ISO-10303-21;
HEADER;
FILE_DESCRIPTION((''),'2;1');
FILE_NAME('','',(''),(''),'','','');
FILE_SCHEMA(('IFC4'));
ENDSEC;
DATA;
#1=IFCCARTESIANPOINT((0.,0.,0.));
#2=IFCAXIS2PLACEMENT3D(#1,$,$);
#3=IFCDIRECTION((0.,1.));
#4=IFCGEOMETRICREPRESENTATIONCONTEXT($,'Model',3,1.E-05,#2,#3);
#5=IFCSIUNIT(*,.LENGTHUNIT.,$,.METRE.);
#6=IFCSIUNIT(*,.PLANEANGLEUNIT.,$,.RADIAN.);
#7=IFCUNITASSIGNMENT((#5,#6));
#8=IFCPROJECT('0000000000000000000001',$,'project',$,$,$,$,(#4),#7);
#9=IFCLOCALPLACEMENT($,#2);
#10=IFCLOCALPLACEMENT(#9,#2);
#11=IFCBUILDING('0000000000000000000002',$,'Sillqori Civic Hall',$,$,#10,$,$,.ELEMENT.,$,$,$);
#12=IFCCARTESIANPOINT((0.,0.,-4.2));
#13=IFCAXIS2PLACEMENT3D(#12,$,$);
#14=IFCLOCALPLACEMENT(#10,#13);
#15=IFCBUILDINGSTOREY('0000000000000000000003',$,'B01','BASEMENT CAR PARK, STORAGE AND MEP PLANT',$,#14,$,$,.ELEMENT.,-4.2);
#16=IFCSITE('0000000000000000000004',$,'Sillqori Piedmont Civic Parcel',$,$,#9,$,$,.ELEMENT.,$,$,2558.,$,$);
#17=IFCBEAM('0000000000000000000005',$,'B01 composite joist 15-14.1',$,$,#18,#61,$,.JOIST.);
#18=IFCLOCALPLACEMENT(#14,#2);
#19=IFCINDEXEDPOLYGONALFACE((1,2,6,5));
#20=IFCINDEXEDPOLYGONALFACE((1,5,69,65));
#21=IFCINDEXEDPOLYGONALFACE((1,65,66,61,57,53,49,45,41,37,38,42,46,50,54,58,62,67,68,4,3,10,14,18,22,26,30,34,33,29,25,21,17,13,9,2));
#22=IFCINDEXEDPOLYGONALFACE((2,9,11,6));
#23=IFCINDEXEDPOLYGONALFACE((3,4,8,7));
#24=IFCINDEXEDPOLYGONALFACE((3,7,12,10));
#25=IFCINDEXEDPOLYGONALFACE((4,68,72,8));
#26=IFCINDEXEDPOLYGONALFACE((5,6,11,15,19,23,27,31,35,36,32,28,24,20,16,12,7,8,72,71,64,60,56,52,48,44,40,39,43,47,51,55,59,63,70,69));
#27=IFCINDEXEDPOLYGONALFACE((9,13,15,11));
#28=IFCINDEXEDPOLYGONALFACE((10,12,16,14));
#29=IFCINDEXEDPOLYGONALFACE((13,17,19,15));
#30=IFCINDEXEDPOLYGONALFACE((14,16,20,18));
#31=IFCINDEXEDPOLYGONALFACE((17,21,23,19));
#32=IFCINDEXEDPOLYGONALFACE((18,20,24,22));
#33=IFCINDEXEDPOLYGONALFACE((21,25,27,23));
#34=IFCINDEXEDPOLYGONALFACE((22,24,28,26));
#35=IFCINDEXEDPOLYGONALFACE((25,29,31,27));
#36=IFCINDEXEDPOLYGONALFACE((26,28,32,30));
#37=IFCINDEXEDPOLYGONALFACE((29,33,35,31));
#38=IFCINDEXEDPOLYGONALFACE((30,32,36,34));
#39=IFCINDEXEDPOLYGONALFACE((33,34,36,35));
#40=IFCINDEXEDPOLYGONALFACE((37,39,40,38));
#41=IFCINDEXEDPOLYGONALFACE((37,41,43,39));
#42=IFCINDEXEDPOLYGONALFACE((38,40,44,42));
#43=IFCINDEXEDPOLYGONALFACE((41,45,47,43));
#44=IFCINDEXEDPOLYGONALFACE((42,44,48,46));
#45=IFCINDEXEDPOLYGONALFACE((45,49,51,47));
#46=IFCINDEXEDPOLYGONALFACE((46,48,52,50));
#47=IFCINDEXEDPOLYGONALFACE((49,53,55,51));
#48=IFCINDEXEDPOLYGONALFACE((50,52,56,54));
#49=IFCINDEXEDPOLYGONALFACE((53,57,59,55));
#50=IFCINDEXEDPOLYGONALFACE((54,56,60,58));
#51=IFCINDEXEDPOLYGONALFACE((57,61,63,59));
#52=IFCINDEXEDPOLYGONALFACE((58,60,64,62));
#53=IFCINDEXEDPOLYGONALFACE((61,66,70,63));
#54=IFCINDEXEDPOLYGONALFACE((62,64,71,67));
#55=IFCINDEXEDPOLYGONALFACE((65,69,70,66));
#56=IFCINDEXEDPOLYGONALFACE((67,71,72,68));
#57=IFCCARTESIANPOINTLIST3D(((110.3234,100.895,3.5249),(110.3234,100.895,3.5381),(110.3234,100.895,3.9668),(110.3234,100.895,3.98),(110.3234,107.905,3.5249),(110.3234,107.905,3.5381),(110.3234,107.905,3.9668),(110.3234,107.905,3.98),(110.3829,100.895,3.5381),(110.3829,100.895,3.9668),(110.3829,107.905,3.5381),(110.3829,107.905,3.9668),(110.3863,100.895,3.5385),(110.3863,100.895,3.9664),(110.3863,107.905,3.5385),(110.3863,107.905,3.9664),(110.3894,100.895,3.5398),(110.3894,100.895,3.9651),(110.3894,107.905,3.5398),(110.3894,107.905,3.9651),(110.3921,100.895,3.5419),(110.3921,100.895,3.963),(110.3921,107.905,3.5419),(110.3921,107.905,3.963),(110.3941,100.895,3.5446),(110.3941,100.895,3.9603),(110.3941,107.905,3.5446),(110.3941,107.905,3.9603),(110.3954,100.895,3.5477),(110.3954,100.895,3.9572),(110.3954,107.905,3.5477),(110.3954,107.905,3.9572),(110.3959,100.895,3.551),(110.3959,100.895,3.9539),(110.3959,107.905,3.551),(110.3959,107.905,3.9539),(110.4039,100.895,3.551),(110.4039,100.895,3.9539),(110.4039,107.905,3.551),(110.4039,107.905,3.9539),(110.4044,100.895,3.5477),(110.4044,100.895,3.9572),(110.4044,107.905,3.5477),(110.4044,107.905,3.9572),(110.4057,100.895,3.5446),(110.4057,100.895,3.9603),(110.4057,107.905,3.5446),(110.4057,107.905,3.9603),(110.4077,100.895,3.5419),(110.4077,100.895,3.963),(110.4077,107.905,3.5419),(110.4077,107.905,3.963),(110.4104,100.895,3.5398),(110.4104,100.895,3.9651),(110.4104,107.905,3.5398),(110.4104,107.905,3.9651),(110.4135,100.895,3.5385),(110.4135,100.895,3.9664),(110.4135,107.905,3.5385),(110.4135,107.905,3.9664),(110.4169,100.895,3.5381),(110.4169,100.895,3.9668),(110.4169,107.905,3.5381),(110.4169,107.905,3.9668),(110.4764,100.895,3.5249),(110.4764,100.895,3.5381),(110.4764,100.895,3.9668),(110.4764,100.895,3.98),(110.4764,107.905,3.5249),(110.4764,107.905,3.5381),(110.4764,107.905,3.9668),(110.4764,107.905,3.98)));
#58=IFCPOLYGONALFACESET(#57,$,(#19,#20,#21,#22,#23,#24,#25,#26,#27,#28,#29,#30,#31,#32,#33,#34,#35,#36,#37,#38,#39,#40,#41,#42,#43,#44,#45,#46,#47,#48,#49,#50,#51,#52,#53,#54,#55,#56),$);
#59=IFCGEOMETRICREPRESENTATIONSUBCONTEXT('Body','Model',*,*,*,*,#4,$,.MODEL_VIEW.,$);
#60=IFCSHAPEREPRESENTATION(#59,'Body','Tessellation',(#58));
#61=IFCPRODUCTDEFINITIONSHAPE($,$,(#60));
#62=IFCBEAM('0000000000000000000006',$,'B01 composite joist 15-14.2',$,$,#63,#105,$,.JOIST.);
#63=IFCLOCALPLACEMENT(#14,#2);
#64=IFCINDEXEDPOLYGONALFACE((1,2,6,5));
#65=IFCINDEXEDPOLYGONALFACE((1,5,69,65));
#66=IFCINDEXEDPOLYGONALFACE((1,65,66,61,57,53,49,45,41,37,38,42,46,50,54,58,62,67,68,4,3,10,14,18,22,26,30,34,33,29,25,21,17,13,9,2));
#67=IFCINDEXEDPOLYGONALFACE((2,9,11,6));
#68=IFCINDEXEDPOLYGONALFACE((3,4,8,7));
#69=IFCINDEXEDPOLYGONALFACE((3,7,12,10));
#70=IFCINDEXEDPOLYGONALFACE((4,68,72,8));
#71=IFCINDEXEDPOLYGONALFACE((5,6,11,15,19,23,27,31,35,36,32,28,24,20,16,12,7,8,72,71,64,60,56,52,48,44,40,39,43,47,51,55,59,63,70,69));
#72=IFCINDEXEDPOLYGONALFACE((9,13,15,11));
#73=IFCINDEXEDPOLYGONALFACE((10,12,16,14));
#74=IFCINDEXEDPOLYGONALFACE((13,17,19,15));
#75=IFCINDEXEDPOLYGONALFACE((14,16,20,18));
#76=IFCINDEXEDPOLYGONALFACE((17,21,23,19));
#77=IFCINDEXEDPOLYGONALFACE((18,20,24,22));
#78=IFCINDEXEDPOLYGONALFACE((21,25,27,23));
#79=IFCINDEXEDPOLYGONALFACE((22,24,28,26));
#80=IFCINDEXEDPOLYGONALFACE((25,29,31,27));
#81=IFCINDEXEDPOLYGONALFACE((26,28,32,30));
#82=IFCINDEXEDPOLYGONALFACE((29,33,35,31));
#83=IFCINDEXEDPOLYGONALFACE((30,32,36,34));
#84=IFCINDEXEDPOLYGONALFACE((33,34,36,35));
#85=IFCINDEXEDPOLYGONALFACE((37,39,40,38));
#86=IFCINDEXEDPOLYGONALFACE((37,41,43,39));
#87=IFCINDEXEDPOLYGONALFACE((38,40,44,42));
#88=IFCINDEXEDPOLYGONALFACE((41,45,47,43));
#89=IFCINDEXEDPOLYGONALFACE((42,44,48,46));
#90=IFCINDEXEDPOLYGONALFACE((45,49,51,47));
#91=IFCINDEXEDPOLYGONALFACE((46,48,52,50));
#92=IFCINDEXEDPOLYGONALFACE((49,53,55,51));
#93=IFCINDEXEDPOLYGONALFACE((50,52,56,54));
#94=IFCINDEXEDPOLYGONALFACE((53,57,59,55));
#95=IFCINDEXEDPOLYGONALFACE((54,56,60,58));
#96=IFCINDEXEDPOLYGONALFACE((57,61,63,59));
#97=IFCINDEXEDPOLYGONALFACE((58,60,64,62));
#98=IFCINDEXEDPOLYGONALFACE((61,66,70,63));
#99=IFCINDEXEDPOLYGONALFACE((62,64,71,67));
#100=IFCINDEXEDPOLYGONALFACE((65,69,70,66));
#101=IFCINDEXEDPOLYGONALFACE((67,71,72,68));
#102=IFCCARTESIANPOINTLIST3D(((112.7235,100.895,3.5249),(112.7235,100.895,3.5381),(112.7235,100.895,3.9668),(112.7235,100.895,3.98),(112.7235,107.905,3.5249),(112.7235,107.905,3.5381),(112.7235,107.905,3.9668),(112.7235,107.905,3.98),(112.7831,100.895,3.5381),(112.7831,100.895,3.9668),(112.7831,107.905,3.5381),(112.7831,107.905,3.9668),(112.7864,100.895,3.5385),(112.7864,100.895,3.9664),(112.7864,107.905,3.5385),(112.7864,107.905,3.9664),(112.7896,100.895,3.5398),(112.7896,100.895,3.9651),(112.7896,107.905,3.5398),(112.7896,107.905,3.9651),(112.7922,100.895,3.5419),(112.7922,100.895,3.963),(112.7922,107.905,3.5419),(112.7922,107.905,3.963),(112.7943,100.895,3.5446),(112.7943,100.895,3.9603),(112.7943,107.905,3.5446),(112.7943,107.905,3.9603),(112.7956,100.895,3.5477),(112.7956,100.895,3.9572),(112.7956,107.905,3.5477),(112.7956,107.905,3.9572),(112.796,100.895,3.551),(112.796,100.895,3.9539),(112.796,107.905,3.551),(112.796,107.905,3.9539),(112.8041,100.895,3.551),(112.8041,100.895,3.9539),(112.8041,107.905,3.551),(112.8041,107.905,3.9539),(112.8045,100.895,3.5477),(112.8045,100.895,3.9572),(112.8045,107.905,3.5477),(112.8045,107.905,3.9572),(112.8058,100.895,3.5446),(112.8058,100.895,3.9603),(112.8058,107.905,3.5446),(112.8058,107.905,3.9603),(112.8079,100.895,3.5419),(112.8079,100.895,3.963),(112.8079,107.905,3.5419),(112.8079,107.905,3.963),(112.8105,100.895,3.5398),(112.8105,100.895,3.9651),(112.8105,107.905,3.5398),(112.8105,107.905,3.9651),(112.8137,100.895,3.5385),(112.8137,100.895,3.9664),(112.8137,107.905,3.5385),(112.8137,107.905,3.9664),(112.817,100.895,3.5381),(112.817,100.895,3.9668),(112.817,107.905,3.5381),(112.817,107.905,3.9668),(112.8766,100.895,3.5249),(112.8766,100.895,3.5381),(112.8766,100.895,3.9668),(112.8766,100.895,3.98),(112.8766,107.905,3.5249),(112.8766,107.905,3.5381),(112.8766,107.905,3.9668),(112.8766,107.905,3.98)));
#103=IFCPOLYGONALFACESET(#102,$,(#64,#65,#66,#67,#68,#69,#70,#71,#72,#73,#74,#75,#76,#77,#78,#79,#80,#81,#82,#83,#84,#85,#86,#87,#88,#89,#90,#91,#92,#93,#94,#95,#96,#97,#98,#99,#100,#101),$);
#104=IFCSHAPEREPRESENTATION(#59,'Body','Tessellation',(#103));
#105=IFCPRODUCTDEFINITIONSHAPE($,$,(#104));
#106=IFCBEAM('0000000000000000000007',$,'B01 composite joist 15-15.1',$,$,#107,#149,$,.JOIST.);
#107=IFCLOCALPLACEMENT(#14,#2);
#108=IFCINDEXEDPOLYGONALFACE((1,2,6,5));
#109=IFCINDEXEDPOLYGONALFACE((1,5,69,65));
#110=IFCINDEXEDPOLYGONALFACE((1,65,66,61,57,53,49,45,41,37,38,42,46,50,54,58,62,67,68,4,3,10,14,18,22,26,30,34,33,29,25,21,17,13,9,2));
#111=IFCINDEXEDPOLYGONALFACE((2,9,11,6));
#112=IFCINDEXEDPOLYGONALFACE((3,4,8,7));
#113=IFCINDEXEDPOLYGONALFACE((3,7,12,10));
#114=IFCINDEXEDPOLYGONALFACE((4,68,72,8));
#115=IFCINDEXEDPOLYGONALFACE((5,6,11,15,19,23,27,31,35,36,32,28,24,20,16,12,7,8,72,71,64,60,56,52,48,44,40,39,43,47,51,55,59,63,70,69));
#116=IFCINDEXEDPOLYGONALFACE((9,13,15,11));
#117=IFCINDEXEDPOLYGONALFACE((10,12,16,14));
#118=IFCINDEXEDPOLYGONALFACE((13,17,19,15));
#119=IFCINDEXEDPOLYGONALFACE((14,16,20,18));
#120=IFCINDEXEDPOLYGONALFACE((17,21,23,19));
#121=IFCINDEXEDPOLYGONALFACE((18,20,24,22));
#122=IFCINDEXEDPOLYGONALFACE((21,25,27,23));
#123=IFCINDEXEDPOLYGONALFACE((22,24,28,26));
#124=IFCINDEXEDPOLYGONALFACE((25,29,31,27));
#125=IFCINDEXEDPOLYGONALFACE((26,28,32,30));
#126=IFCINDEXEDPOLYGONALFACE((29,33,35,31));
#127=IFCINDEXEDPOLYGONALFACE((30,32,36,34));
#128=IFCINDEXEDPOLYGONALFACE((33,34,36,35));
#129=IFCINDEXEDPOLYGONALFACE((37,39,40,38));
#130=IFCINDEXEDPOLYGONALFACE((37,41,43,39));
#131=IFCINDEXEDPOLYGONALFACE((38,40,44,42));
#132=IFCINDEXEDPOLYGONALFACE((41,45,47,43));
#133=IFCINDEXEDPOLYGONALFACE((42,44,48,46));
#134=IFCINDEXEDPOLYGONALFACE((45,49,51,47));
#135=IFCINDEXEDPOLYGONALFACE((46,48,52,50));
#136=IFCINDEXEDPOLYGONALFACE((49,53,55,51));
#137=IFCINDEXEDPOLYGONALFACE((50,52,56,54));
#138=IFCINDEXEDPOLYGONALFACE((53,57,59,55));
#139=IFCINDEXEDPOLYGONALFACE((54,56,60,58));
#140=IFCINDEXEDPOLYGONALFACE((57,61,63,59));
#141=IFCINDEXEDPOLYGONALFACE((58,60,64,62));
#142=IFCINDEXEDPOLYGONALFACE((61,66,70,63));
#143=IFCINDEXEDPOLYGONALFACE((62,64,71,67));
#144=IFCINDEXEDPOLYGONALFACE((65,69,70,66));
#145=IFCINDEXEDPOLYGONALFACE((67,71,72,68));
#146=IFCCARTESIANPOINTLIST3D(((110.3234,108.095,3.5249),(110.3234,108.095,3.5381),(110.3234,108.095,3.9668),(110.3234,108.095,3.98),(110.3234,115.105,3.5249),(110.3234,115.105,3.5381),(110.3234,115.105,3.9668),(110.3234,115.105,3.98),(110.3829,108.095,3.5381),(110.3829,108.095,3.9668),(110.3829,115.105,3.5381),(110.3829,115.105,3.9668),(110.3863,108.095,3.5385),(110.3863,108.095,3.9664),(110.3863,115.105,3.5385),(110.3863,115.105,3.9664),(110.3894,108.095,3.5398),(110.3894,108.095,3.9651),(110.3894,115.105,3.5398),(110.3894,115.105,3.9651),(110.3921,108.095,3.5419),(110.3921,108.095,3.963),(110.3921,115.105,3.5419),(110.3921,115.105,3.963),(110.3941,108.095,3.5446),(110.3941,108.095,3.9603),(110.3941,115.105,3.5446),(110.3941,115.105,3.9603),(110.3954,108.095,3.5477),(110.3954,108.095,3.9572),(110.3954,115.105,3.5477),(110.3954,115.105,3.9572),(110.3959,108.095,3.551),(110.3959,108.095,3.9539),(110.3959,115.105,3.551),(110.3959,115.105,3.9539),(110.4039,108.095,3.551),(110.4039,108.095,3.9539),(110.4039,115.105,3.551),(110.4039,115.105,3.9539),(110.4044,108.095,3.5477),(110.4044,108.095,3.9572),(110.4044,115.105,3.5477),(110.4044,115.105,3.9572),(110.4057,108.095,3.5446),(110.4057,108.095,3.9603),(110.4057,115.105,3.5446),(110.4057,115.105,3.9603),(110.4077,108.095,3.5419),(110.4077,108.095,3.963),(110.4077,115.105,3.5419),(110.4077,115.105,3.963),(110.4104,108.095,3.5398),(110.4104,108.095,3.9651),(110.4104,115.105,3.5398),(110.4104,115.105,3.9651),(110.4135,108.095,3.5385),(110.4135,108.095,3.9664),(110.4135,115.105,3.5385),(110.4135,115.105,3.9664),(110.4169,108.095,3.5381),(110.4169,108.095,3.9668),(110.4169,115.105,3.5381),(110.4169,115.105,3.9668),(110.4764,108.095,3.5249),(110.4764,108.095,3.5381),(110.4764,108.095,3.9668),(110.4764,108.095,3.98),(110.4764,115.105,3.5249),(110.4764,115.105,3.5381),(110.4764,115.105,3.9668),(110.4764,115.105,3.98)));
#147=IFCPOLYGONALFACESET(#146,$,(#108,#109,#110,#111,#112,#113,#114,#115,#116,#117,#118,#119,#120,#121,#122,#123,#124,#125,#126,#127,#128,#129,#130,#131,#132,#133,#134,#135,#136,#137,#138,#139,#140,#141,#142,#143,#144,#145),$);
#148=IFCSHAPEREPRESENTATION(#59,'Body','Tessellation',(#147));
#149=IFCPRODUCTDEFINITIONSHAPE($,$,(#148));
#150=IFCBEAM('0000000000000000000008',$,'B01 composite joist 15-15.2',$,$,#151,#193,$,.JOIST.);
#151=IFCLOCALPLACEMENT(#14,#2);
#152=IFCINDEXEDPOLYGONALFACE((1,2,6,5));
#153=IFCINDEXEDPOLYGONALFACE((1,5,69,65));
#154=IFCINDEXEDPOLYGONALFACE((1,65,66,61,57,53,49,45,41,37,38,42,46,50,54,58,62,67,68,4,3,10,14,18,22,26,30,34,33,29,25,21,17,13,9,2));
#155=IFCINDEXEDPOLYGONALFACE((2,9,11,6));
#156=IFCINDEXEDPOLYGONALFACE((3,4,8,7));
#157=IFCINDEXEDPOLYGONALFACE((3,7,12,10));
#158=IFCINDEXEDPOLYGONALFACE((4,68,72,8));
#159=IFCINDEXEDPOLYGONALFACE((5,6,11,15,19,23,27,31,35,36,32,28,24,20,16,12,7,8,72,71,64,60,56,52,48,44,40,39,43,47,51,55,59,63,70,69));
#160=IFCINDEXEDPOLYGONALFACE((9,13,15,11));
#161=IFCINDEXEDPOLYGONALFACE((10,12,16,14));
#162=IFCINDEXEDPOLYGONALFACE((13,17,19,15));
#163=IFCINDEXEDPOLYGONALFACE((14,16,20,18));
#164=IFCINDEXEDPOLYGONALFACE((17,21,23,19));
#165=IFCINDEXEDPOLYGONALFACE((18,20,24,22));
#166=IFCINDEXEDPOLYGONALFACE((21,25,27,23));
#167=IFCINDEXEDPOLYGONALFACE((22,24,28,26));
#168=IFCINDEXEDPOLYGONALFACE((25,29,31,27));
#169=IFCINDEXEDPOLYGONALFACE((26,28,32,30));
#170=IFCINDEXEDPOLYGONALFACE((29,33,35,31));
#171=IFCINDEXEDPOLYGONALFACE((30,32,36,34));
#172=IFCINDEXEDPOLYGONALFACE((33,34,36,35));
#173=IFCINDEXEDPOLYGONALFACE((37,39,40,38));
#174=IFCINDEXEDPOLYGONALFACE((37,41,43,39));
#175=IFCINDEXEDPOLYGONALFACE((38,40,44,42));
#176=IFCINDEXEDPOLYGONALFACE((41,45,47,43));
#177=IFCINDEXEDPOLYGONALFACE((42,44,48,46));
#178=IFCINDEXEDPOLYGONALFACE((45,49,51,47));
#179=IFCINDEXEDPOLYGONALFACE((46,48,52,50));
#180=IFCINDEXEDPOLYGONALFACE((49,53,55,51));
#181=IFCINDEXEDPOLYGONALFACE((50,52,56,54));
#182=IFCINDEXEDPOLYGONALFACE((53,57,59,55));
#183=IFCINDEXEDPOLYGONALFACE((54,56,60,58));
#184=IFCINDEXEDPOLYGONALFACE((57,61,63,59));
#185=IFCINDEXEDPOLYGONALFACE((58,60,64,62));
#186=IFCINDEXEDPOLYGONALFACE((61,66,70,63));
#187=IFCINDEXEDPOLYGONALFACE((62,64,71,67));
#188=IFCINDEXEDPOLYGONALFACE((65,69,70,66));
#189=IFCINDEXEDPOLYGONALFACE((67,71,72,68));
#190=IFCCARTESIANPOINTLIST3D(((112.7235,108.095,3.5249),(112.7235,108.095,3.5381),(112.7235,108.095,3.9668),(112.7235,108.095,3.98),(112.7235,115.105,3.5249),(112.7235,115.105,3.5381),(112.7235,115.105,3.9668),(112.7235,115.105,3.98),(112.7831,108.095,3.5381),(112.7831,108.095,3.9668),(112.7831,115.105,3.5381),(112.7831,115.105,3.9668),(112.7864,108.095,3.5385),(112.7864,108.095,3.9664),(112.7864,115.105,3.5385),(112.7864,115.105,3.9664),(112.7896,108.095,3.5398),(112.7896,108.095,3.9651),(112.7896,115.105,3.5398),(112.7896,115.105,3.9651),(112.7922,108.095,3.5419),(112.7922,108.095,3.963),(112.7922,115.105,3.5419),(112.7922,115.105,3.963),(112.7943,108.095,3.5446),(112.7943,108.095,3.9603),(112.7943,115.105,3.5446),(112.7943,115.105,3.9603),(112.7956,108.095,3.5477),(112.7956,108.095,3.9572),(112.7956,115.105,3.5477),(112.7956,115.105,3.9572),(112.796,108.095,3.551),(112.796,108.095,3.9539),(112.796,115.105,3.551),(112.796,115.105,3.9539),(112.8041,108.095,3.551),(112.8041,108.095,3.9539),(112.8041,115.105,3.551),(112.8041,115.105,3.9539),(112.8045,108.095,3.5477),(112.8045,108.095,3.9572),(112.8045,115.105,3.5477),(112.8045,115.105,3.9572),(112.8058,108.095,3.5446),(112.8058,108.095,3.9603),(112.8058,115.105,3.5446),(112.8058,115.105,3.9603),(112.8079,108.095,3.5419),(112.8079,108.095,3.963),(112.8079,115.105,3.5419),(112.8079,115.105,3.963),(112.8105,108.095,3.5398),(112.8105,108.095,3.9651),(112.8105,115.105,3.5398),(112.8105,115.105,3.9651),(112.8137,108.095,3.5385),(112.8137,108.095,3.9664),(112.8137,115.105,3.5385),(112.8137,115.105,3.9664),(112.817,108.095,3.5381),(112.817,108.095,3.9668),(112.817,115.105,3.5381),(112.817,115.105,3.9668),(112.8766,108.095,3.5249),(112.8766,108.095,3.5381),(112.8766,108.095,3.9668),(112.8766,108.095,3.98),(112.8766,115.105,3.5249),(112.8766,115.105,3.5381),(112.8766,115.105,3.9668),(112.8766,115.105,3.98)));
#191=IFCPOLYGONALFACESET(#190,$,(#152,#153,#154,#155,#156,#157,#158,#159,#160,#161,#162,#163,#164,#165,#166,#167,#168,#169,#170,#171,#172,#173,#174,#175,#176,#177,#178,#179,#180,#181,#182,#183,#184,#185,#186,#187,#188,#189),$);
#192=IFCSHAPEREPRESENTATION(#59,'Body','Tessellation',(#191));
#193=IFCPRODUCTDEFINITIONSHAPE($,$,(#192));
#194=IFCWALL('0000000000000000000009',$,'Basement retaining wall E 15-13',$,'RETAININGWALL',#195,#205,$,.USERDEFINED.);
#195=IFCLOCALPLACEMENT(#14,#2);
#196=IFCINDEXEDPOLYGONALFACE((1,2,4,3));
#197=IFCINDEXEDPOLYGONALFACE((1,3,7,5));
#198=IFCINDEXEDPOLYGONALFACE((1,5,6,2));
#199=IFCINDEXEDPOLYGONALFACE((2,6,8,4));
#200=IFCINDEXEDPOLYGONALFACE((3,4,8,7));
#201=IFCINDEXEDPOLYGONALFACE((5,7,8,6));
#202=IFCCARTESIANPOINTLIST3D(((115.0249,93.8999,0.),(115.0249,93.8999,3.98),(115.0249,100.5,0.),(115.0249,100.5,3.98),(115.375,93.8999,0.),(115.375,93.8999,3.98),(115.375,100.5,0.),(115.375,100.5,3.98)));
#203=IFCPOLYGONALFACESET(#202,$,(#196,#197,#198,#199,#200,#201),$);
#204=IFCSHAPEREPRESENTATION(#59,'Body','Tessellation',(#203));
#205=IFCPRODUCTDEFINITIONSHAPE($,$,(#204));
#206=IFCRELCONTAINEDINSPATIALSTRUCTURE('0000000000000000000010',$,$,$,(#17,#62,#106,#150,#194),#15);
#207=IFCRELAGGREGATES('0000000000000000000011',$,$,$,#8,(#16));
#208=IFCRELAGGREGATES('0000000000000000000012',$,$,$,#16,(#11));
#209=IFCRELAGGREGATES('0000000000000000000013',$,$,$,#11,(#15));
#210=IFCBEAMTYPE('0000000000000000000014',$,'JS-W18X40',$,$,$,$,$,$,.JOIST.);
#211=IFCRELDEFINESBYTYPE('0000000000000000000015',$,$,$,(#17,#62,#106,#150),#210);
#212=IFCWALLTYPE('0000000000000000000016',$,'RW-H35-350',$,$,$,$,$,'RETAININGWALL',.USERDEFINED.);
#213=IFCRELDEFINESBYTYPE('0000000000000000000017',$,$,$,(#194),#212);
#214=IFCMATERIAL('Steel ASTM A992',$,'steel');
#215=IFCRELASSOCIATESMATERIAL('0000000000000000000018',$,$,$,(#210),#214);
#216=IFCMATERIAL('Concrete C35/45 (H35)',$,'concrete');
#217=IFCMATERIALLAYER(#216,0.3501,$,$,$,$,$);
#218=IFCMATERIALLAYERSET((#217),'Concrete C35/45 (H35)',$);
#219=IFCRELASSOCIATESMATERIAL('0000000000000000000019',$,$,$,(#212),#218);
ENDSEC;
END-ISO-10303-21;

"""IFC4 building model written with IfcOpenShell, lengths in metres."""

from ifc_helpers import new_model, si_unit, direction, frame, frame_2d, origin, origin_2d, place, context, subcontext, project, spatial, rectangle, i_section, extrude, material, layer, layer_set, material_profile, profile_set, type_object, element, save


model = new_model("IFC4")

# Units and contexts
model_context = context("Model", 3, precision=1e-05, world=origin(), true_north=direction((0.0, 1.0)))
body_context = subcontext(model_context, "Body", "Model", "MODEL_VIEW")
ifc_project = project(units=[si_unit("LENGTHUNIT", "METRE"), si_unit("PLANEANGLEUNIT", "RADIAN")], contexts=[model_context])

# Site, building, storey
site_placement = place(None, origin())
site = spatial("IfcSite", under=ifc_project, at=site_placement, Name="Sillqori Piedmont Civic Parcel", CompositionType="ELEMENT", RefElevation=2558.0)
building_placement = place(site_placement, origin())
building = spatial("IfcBuilding", under=site, at=building_placement, Name="Sillqori Civic Hall", CompositionType="ELEMENT")
storey_placement = place(building_placement, frame((0.0, 0.0, -4.2)))
storey = spatial("IfcBuildingStorey", under=building, at=storey_placement, Name="B01", Description="BASEMENT CAR PARK, STORAGE AND MEP PLANT", CompositionType="ELEMENT", Elevation=-4.2)

# Shared definitions
ifc_material_1 = material(Name="Concrete C35/45 (H35)", Category="concrete")

# Beams
ifc_material_2 = material(Name="Steel ASTM A992", Category="steel")
ifc_material_profile_1 = material_profile(ifc_material_2, i_section(OverallWidth=0.1531, OverallDepth=0.4551, WebThickness=0.0081, FlangeThickness=0.0132, FilletRadius=0.0129, at=origin_2d()), Name="W18X40")
ifc_profile_set_1 = profile_set([ifc_material_profile_1], Name="Steel ASTM A992")
beam_type_1 = type_object("IfcBeamType", Name="JS-W18X40", PredefinedType="JOIST", material=ifc_profile_set_1)
for number, where, z_axis, x_axis, name in (
    (1, (110.3999, 100.895, 3.7524), (0.0, 1.0, 0.0), (-1.0, 0.0, 0.0), "B01 composite joist 15-14.1"),
    (2, (112.8, 100.895, 3.7524), (0.0, 1.0, 0.0), (-1.0, 0.0, 0.0), "B01 composite joist 15-14.2"),
    (3, (110.3999, 108.095, 3.7524), (0.0, 1.0, 0.0), (-1.0, 0.0, 0.0), "B01 composite joist 15-15.1"),
    (4, (112.8, 108.095, 3.7524), (0.0, 1.0, 0.0), (-1.0, 0.0, 0.0), "B01 composite joist 15-15.2"),
):
    element("IfcBeam", number, at=place(storey_placement, frame(where, z_axis=z_axis, x_axis=x_axis)), inside=storey, type_object=beam_type_1, Name=name, PredefinedType="JOIST", context=body_context, shape_type="SweptSolid", body=[
        extrude(i_section(OverallWidth=0.1531, OverallDepth=0.4551, WebThickness=0.0081, FlangeThickness=0.0132, FilletRadius=0.0129, at=origin_2d()), origin(), (0.0, 0.0, 1.0), 7.01),
    ])

# Wall
ifc_layer_1 = layer(ifc_material_1, 0.3501)
ifc_layer_set_1 = layer_set([ifc_layer_1], Name="Concrete C35/45 (H35)")
wall_type_1 = type_object("IfcWallType", Name="RW-H35-350", ElementType="RETAININGWALL", PredefinedType="USERDEFINED", material=ifc_layer_set_1)
wall_1_placement = place(storey_placement, frame((115.2, 93.8999, 0.0), z_axis=(0.0, 0.0, 1.0), x_axis=(0.0, 1.0, 0.0)))
element("IfcWall", 5, at=wall_1_placement, inside=storey, type_object=wall_type_1, Name="Basement retaining wall E 15-13", ObjectType="RETAININGWALL", PredefinedType="USERDEFINED", context=body_context, shape_type="SweptSolid", body=[
    extrude(rectangle(XDim=6.6001, YDim=0.3501, at=frame_2d((3.3, 0.0))), origin(), (0.0, 0.0, 1.0), 3.98),
])

save(model, "model.ifc")
